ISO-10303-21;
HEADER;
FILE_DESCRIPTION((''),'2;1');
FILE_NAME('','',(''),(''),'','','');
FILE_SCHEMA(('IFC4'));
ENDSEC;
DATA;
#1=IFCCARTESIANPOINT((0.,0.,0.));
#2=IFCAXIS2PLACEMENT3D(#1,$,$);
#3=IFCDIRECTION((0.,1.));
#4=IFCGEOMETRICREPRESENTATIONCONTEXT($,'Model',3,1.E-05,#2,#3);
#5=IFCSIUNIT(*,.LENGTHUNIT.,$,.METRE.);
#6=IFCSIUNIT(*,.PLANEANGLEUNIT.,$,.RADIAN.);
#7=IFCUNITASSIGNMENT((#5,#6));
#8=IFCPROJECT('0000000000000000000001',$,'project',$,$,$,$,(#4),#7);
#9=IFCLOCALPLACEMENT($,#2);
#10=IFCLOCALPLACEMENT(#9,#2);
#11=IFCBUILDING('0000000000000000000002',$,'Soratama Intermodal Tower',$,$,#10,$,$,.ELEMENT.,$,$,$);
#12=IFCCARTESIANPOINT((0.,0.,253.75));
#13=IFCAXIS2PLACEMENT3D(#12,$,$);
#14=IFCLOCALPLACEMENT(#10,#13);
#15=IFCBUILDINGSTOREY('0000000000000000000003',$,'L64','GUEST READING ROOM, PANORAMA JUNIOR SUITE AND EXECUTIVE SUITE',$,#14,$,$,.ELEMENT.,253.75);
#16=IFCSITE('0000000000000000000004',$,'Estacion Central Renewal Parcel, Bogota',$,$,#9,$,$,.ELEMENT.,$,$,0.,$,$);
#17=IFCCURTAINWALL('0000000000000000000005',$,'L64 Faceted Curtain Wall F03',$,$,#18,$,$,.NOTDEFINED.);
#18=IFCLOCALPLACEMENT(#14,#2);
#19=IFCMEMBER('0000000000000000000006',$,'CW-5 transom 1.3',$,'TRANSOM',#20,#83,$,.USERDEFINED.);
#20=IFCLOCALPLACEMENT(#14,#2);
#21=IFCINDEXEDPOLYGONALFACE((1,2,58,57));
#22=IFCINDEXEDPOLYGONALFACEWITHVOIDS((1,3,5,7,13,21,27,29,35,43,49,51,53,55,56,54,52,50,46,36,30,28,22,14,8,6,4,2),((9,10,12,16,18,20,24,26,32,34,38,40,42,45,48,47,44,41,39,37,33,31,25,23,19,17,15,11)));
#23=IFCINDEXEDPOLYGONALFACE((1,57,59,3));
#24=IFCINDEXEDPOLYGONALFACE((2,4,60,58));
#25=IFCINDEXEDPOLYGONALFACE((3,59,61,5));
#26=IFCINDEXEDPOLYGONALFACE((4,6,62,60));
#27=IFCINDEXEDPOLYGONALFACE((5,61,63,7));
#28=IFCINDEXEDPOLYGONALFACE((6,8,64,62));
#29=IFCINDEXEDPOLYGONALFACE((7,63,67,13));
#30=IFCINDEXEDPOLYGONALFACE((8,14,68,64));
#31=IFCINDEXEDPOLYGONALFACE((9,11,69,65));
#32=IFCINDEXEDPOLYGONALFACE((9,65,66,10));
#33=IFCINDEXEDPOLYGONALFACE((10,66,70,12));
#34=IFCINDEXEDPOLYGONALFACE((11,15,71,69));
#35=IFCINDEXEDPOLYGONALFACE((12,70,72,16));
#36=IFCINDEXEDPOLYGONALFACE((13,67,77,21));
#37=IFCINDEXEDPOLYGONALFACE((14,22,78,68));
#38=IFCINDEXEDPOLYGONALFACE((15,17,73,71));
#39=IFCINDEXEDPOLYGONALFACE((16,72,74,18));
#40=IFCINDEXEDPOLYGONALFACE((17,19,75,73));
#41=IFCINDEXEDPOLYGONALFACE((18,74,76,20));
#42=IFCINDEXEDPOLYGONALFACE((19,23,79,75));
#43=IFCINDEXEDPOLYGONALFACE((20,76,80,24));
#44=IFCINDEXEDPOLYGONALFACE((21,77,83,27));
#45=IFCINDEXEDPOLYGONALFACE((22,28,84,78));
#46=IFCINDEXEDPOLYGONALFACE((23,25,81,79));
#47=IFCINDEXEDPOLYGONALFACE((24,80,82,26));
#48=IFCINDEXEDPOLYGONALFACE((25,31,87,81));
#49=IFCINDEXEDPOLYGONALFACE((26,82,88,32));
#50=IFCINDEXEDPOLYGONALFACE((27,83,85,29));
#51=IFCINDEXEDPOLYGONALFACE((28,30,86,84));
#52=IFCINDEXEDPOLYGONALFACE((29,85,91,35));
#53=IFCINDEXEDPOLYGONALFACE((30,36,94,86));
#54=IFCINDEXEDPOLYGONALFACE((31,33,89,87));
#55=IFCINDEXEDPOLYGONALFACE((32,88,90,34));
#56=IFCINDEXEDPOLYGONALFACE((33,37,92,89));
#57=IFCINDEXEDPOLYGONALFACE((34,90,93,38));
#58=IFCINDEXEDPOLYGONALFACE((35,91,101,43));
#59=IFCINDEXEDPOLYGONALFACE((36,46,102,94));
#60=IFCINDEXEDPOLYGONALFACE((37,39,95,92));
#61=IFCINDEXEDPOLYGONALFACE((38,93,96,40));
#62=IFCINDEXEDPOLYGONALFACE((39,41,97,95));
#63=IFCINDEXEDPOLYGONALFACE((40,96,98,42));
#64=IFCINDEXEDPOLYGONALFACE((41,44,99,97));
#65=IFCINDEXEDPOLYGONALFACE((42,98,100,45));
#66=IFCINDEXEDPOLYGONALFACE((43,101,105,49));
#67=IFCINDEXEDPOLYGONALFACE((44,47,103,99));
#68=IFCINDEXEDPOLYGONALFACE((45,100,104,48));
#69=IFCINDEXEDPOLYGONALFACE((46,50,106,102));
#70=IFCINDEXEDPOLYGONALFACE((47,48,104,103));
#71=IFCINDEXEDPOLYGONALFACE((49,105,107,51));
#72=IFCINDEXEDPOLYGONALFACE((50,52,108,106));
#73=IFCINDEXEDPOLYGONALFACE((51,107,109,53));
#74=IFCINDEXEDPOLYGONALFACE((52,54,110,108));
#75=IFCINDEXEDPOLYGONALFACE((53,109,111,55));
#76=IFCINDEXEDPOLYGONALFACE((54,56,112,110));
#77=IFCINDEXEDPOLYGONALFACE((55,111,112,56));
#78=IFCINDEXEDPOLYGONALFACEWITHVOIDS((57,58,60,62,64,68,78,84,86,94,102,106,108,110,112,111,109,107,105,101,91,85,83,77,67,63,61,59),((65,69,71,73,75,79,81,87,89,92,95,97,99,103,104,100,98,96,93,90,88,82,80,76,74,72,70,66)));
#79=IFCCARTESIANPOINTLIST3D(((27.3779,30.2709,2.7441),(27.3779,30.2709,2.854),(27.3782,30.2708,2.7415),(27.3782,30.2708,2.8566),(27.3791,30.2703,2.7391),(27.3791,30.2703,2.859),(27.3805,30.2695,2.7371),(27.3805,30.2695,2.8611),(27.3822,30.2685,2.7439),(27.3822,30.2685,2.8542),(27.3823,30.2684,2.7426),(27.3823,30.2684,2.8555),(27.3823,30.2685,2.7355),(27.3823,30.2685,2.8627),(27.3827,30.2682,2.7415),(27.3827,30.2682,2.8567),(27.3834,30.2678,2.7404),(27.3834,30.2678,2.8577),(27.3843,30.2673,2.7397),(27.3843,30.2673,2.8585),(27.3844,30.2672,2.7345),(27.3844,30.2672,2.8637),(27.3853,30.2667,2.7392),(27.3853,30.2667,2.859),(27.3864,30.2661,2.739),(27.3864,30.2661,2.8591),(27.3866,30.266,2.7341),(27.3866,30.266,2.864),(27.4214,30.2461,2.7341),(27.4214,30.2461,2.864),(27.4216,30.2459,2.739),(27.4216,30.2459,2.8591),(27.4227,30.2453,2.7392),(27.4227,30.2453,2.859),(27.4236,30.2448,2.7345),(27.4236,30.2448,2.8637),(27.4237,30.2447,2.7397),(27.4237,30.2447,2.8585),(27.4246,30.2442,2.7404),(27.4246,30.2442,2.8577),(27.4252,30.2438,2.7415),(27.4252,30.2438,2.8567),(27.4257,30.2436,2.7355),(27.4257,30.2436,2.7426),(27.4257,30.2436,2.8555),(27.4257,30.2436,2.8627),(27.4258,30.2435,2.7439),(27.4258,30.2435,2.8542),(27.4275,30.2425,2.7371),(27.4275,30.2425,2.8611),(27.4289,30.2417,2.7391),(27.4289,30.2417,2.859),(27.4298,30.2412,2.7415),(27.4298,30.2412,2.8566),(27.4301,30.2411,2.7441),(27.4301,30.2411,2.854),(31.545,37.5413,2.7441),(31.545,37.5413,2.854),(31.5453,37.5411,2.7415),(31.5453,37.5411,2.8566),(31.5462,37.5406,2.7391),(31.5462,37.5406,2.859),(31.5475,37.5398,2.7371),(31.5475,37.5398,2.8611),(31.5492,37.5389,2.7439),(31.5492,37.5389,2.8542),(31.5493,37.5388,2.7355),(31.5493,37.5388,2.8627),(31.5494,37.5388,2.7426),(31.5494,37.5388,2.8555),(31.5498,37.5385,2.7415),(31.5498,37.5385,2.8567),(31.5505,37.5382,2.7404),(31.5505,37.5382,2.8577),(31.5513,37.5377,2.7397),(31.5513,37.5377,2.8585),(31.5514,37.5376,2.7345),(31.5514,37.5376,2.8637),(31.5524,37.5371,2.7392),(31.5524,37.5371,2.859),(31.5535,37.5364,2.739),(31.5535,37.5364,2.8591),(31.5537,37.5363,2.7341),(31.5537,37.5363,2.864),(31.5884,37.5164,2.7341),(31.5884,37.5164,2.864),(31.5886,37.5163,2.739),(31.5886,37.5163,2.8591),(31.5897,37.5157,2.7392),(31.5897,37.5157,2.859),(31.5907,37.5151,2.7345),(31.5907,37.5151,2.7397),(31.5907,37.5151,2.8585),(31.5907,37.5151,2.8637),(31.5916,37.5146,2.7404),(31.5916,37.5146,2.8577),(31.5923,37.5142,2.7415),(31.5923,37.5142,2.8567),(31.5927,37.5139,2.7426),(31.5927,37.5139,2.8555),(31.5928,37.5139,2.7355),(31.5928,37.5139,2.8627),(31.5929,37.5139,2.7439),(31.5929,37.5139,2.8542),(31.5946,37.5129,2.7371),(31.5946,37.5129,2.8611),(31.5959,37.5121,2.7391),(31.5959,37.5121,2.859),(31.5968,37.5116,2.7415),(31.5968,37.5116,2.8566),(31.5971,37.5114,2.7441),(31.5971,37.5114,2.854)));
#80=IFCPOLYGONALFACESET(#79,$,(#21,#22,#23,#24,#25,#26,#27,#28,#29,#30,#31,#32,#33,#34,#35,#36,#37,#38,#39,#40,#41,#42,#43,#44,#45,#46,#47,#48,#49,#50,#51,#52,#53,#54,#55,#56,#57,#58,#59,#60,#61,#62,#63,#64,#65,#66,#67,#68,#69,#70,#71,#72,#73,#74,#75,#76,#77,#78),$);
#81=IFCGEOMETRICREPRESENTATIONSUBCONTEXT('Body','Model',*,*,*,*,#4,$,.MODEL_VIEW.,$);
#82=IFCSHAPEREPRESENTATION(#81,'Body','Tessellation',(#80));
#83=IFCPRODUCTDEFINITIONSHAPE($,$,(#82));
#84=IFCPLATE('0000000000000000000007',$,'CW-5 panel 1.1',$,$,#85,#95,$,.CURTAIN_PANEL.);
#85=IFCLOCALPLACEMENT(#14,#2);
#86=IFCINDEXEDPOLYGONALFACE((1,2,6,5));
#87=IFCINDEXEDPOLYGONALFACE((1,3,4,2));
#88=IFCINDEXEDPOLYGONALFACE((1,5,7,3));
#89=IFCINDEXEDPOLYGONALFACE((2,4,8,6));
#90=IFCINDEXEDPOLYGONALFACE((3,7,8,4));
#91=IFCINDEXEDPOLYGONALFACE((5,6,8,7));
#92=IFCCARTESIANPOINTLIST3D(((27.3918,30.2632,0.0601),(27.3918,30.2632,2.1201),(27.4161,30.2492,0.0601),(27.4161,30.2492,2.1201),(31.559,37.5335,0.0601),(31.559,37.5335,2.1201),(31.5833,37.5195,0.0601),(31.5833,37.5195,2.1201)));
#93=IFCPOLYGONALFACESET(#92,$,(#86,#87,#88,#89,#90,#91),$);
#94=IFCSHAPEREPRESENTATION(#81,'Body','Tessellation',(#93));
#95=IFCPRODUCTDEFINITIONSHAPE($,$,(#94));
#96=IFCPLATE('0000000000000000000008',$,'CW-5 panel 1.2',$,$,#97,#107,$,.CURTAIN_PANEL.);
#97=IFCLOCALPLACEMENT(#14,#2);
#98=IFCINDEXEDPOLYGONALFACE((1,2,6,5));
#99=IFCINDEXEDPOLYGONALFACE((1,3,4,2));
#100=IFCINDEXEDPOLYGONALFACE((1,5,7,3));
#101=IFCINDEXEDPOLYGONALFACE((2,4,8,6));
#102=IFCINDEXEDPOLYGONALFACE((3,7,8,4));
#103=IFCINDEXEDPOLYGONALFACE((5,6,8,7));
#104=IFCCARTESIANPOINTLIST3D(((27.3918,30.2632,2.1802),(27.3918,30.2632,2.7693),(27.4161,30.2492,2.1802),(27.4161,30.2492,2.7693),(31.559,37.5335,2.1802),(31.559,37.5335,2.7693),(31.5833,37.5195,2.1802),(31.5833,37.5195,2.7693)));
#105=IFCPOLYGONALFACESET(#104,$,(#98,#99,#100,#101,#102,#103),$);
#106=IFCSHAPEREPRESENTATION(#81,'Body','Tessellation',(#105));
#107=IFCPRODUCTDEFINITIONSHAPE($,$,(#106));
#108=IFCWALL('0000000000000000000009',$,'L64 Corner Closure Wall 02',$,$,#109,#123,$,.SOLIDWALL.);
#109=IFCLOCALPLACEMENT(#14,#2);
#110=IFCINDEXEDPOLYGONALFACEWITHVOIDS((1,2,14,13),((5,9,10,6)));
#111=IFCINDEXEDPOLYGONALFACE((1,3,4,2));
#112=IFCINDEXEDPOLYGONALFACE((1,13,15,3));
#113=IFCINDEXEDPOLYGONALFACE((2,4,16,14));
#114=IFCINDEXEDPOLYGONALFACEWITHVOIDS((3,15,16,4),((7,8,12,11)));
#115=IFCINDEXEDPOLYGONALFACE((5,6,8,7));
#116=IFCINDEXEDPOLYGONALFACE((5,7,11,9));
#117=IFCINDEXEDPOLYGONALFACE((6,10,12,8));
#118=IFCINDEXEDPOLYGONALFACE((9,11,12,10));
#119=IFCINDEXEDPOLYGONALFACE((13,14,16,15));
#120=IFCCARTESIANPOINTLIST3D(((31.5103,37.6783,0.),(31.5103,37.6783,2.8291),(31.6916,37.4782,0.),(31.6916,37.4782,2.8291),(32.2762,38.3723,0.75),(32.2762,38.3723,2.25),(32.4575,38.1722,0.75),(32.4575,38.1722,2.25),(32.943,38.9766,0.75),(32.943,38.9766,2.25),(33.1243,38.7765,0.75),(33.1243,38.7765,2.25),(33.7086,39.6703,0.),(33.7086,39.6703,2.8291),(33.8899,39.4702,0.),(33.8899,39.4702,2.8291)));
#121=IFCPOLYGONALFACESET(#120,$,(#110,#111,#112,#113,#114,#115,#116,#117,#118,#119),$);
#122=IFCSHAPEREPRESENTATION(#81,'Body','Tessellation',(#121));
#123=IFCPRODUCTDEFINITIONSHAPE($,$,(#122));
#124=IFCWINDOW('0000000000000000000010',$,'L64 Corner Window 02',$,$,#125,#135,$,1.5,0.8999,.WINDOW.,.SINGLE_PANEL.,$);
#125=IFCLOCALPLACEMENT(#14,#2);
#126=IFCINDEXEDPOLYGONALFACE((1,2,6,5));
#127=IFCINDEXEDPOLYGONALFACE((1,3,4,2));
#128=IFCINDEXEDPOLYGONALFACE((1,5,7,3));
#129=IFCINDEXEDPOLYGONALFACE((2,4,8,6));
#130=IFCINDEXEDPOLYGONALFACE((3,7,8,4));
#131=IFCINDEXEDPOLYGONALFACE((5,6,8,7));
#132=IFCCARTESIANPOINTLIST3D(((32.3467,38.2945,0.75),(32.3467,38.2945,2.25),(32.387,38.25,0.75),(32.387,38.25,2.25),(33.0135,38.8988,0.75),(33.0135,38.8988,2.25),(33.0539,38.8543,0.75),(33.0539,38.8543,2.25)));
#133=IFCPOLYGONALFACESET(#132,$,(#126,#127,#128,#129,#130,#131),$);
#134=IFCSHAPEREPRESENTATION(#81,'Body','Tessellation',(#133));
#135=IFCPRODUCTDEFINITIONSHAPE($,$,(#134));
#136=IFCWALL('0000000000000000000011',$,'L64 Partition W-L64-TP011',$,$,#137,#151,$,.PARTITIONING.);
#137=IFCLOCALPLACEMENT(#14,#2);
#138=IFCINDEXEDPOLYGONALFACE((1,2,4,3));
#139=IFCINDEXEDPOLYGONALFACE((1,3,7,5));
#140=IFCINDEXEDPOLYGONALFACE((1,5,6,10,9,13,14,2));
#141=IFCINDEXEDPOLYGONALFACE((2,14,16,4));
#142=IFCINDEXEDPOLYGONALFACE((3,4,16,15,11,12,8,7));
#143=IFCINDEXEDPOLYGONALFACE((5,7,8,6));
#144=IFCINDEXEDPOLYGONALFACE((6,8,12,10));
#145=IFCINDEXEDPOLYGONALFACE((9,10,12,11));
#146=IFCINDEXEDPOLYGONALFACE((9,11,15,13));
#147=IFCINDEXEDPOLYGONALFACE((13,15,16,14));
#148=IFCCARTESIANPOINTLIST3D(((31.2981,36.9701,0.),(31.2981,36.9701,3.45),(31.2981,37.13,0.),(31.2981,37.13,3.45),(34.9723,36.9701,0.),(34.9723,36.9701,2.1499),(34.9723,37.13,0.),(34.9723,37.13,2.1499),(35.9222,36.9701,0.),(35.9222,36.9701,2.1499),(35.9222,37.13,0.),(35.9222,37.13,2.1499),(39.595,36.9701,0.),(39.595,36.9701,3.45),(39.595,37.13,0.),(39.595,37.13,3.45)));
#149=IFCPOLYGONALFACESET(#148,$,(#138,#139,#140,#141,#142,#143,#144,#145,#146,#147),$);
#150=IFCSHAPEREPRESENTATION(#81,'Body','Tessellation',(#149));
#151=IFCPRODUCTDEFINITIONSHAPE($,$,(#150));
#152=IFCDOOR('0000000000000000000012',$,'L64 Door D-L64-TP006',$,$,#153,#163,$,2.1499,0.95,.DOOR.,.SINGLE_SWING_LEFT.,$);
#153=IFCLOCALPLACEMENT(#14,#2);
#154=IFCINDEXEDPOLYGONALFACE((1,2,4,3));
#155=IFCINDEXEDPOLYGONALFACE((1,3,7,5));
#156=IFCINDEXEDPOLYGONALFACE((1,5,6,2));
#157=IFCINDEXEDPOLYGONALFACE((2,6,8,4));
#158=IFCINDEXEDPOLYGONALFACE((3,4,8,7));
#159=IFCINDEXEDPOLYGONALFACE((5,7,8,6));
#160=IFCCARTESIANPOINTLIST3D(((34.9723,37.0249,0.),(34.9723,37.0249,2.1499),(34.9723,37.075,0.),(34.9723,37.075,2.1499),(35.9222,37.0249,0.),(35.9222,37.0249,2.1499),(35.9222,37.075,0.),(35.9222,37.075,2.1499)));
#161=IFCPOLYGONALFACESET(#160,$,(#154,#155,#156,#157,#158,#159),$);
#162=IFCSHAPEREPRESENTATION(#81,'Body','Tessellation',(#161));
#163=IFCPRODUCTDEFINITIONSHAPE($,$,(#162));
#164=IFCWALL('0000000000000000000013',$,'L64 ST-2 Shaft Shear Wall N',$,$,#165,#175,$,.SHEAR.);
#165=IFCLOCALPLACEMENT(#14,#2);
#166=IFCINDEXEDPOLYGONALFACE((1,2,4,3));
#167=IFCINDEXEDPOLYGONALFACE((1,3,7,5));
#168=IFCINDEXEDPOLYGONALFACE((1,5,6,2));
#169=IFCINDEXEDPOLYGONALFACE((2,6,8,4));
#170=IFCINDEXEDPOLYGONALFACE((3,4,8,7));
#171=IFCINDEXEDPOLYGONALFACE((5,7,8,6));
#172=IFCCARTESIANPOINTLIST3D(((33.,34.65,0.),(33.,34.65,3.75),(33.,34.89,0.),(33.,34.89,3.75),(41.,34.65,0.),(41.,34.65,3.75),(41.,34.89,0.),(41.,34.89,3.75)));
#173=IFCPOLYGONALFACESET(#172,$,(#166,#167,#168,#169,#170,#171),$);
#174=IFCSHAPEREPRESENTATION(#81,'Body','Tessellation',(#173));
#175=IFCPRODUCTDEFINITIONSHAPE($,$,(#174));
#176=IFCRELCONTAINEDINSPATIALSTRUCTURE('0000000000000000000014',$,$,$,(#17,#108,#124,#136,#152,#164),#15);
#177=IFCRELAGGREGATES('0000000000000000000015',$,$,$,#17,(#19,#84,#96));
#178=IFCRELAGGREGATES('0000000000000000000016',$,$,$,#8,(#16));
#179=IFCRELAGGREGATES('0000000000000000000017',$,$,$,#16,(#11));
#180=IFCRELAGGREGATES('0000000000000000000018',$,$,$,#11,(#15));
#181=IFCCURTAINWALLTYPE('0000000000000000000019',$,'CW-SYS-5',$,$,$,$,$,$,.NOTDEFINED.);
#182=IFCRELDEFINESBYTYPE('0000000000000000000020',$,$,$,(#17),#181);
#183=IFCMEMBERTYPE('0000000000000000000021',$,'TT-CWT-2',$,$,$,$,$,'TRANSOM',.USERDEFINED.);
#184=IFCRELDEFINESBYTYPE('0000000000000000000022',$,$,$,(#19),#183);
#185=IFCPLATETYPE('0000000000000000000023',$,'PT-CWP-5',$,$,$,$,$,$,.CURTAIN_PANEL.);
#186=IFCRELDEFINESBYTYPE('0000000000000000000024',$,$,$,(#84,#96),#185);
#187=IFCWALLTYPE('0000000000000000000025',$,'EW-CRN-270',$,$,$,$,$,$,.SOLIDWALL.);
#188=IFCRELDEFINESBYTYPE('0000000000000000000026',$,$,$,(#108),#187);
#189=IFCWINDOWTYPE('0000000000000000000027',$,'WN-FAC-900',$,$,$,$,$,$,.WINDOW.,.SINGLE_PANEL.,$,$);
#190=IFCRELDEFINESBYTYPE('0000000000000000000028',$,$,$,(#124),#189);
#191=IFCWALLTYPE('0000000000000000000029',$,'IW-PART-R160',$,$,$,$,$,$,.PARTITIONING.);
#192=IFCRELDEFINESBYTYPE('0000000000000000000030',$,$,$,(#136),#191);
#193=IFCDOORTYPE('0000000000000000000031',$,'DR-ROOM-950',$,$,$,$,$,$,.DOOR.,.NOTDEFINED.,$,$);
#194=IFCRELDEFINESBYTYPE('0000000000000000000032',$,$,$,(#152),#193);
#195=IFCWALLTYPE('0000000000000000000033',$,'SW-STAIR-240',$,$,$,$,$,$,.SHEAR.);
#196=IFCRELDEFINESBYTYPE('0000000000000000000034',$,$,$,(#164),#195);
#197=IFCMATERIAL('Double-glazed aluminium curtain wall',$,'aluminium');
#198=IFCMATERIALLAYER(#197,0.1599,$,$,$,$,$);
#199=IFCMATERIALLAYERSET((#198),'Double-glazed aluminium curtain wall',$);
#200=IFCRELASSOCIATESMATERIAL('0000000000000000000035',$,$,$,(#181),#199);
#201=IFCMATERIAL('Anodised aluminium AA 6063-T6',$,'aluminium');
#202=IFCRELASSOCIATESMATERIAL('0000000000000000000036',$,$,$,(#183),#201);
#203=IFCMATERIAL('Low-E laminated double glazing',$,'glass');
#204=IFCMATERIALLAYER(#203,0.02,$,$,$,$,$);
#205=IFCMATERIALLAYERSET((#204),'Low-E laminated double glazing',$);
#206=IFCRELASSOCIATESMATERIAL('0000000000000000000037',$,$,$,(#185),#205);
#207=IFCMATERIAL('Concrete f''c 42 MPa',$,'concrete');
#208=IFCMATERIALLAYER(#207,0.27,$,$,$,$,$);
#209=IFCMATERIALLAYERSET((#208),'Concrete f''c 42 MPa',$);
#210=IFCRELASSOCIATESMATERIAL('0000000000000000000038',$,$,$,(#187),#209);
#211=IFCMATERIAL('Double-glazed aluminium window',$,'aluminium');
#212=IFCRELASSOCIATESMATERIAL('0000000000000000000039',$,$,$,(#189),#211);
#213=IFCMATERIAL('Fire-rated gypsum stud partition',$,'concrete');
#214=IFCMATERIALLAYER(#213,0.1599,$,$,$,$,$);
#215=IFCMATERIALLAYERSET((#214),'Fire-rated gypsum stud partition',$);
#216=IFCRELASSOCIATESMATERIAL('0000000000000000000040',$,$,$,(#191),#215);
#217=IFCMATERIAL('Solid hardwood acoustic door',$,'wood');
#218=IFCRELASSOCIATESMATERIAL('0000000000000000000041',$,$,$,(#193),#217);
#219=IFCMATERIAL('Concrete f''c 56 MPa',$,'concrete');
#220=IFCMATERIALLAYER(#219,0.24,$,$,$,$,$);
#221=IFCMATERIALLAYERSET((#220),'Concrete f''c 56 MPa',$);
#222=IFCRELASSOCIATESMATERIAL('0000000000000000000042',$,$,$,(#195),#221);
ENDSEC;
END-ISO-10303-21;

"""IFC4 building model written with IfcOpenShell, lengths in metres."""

from ifc_helpers import new_model, si_unit, direction, frame, frame_2d, origin, origin_2d, place, context, subcontext, project, spatial, rectangle, hollow_rectangle, extrude, material, layer, layer_set, material_profile, profile_set, type_object, element, fill, aggregate, save


model = new_model("IFC4")

# Units and contexts
model_context = context("Model", 3, precision=1e-05, world=origin(), true_north=direction((0.0, 1.0)))
body_context = subcontext(model_context, "Body", "Model", "MODEL_VIEW")
ifc_project = project(units=[si_unit("LENGTHUNIT", "METRE"), si_unit("PLANEANGLEUNIT", "RADIAN")], contexts=[model_context])

# Site, building, storey
site_placement = place(None, origin())
site = spatial("IfcSite", under=ifc_project, at=site_placement, Name="Estacion Central Renewal Parcel, Bogota", CompositionType="ELEMENT", RefElevation=0.0)
building_placement = place(site_placement, origin())
building = spatial("IfcBuilding", under=site, at=building_placement, Name="Soratama Intermodal Tower", CompositionType="ELEMENT")
storey_placement = place(building_placement, frame((0.0, 0.0, 253.75)))
storey = spatial("IfcBuildingStorey", under=building, at=storey_placement, Name="L64", Description="GUEST READING ROOM, PANORAMA JUNIOR SUITE AND EXECUTIVE SUITE", CompositionType="ELEMENT", Elevation=253.75)

# Shared definitions
ifc_material_1 = material(Name="Double-glazed aluminium curtain wall", Category="aluminium")
ifc_layer_1 = layer(ifc_material_1, 0.1599)
ifc_layer_set_1 = layer_set([ifc_layer_1], Name="Double-glazed aluminium curtain wall")
curtain_wall_type = type_object("IfcCurtainWallType", Name="CW-SYS-5", PredefinedType="NOTDEFINED", material=ifc_layer_set_1)

# Curtain wall, member, plates
curtain_wall_1_placement = place(storey_placement, origin())
curtain_wall_1 = element("IfcCurtainWall", 1, at=curtain_wall_1_placement, inside=storey, type_object=curtain_wall_type, Name="L64 Faceted Curtain Wall F03", PredefinedType="NOTDEFINED")
ifc_material_2 = material(Name="Anodised aluminium AA 6063-T6", Category="aluminium")
ifc_material_profile_1 = material_profile(ifc_material_2, hollow_rectangle(XDim=0.0601, YDim=0.1299, WallThickness=0.0049, InnerFilletRadius=0.0049, OuterFilletRadius=0.01, at=origin_2d()), Name="CWT130X60X5")
ifc_profile_set_1 = profile_set([ifc_material_profile_1], Name="Anodised aluminium AA 6063-T6")
member_type_1 = type_object("IfcMemberType", Name="TT-CWT-2", ElementType="TRANSOM", PredefinedType="USERDEFINED", material=ifc_profile_set_1)
member_1_placement = place(storey_placement, frame((31.571, 37.5264, 2.7991), z_axis=(-0.497268, -0.867597, 0.0), x_axis=(0.867597, -0.497268, 0.0)))
member_1 = element("IfcMember", 2, at=member_1_placement, type_object=member_type_1, Name="CW-5 transom 1.3", ObjectType="TRANSOM", PredefinedType="USERDEFINED", context=body_context, shape_type="SweptSolid", body=[
    extrude(hollow_rectangle(XDim=0.0601, YDim=0.1299, WallThickness=0.0049, InnerFilletRadius=0.0049, OuterFilletRadius=0.01, at=origin_2d()), origin(), (0.0, 0.0, 1.0), 8.3799),
])
ifc_material_3 = material(Name="Low-E laminated double glazing", Category="glass")
ifc_layer_2 = layer(ifc_material_3, 0.02)
ifc_layer_set_2 = layer_set([ifc_layer_2], Name="Low-E laminated double glazing")
plate_type = type_object("IfcPlateType", Name="PT-CWP-5", PredefinedType="CURTAIN_PANEL", material=ifc_layer_set_2)
plate_1_placement = place(storey_placement, frame((29.4875, 33.8914, 0.0601), z_axis=(0.0, 0.0, 1.0), x_axis=(-0.497284, -0.867588, 0.0)))
plate_1 = element("IfcPlate", 3, at=plate_1_placement, type_object=plate_type, Name="CW-5 panel 1.1", PredefinedType="CURTAIN_PANEL", context=body_context, shape_type="SweptSolid", body=[
    extrude(rectangle(XDim=8.3799, YDim=0.0281, at=origin_2d()), origin(), (0.0, 0.0, 1.0), 2.0601),
])
plate_2_placement = place(storey_placement, frame((29.4875, 33.8914, 2.1802), z_axis=(0.0, 0.0, 1.0), x_axis=(-0.497284, -0.867588, 0.0)))
plate_2 = element("IfcPlate", 4, at=plate_2_placement, type_object=plate_type, Name="CW-5 panel 1.2", PredefinedType="CURTAIN_PANEL", context=body_context, shape_type="SweptSolid", body=[
    extrude(rectangle(XDim=8.3799, YDim=0.0281, at=origin_2d()), origin(), (0.0, 0.0, 1.0), 0.5891),
])
aggregate(curtain_wall_1, [member_1, plate_1, plate_2])

# Wall, opening, window
ifc_material_4 = material(Name="Concrete f'c 42 MPa", Category="concrete")
ifc_layer_3 = layer(ifc_material_4, 0.27)
ifc_layer_set_3 = layer_set([ifc_layer_3], Name="Concrete f'c 42 MPa")
wall_type_1 = type_object("IfcWallType", Name="EW-CRN-270", PredefinedType="SOLIDWALL", material=ifc_layer_set_3)
wall_1_placement = place(storey_placement, frame((33.7993, 39.5703, 0.0), z_axis=(0.0, 0.0, 1.0), x_axis=(-0.741023, -0.67148, 0.0)))
wall_1 = element("IfcWall", 5, at=wall_1_placement, inside=storey, type_object=wall_type_1, Name="L64 Corner Closure Wall 02", PredefinedType="SOLIDWALL", context=body_context, shape_type="SweptSolid", body=[
    extrude(rectangle(XDim=2.9666, YDim=0.27, at=frame_2d((1.4834, 0.0))), origin(), (0.0, 0.0, 1.0), 2.8291),
])
opening_1_placement = place(wall_1_placement, frame((1.0332, 0.0, 0.75)))
opening_1 = element("IfcOpeningElement", 6, at=opening_1_placement, cuts=wall_1, PredefinedType="OPENING", context=body_context, shape_type="SweptSolid", body=[
    extrude(rectangle(XDim=0.8999, YDim=1.5, at=frame_2d((0.45, 0.75))), frame((0.0, 0.145, 0.0), z_axis=(0.0, -1.0, 0.0), x_axis=(1.0, 0.0, 0.0)), (0.0, 0.0, 1.0), 0.29),
])
ifc_material_5 = material(Name="Double-glazed aluminium window", Category="aluminium")
window_type = type_object("IfcWindowType", Name="WN-FAC-900", PartitioningType="SINGLE_PANEL", PredefinedType="WINDOW", material=ifc_material_5)
window_placement = place(opening_1_placement, origin())
window = element("IfcWindow", 7, at=window_placement, inside=storey, type_object=window_type, Name="L64 Corner Window 02", OverallHeight=1.5, OverallWidth=0.8999, PartitioningType="SINGLE_PANEL", PredefinedType="WINDOW", context=body_context, shape_type="SweptSolid", body=[
    extrude(rectangle(XDim=0.8999, YDim=1.5, at=frame_2d((0.45, 0.75))), frame((0.0, 0.03, 0.0), z_axis=(0.0, -1.0, 0.0), x_axis=(1.0, 0.0, 0.0)), (0.0, 0.0, 1.0), 0.0601),
])
fill(opening_1, window)

# Wall, opening, door
ifc_material_6 = material(Name="Fire-rated gypsum stud partition", Category="concrete")
ifc_layer_4 = layer(ifc_material_6, 0.1599)
ifc_layer_set_4 = layer_set([ifc_layer_4], Name="Fire-rated gypsum stud partition")
wall_type_2 = type_object("IfcWallType", Name="IW-PART-R160", PredefinedType="PARTITIONING", material=ifc_layer_set_4)
wall_2_placement = place(storey_placement, frame((31.2981, 37.05, 0.0), z_axis=(0.0, 0.0, 1.0), x_axis=(1.0, 0.0, 0.0)))
wall_2 = element("IfcWall", 8, at=wall_2_placement, inside=storey, type_object=wall_type_2, Name="L64 Partition W-L64-TP011", PredefinedType="PARTITIONING", context=body_context, shape_type="SweptSolid", body=[
    extrude(rectangle(XDim=8.2969, YDim=0.1599, at=frame_2d((4.1484, 0.0))), origin(), (0.0, 0.0, 1.0), 3.45),
])
opening_2_placement = place(wall_2_placement, frame((3.6741, 0.0, 0.0)))
opening_2 = element("IfcOpeningElement", 9, at=opening_2_placement, cuts=wall_2, PredefinedType="OPENING", context=body_context, shape_type="SweptSolid", body=[
    extrude(rectangle(XDim=0.95, YDim=2.1499, at=frame_2d((0.4751, 1.075))), frame((0.0, 0.0898, 0.0), z_axis=(0.0, -1.0, 0.0), x_axis=(1.0, 0.0, 0.0)), (0.0, 0.0, 1.0), 0.1799),
])
ifc_material_7 = material(Name="Solid hardwood acoustic door", Category="wood")
door_type = type_object("IfcDoorType", Name="DR-ROOM-950", OperationType="NOTDEFINED", PredefinedType="DOOR", material=ifc_material_7)
door_placement = place(opening_2_placement, origin())
door = element("IfcDoor", 10, at=door_placement, inside=storey, type_object=door_type, Name="L64 Door D-L64-TP006", OperationType="SINGLE_SWING_LEFT", OverallHeight=2.1499, OverallWidth=0.95, PredefinedType="DOOR", context=body_context, shape_type="SweptSolid", body=[
    extrude(rectangle(XDim=0.95, YDim=2.1499, at=frame_2d((0.4751, 1.075))), frame((0.0, 0.0249, 0.0), z_axis=(0.0, -1.0, 0.0), x_axis=(1.0, 0.0, 0.0)), (0.0, 0.0, 1.0), 0.05),
])
fill(opening_2, door)

# Wall
ifc_material_8 = material(Name="Concrete f'c 56 MPa", Category="concrete")
ifc_layer_5 = layer(ifc_material_8, 0.24)
ifc_layer_set_5 = layer_set([ifc_layer_5], Name="Concrete f'c 56 MPa")
wall_type_3 = type_object("IfcWallType", Name="SW-STAIR-240", PredefinedType="SHEAR", material=ifc_layer_set_5)
wall_3_placement = place(storey_placement, frame((33.0, 34.77, 0.0), z_axis=(0.0, 0.0, 1.0), x_axis=(1.0, 0.0, 0.0)))
element("IfcWall", 11, at=wall_3_placement, inside=storey, type_object=wall_type_3, Name="L64 ST-2 Shaft Shear Wall N", PredefinedType="SHEAR", context=body_context, shape_type="SweptSolid", body=[
    extrude(rectangle(XDim=8.0, YDim=0.24, at=frame_2d((4.0, 0.0))), origin(), (0.0, 0.0, 1.0), 3.75),
])

save(model, "model.ifc")
